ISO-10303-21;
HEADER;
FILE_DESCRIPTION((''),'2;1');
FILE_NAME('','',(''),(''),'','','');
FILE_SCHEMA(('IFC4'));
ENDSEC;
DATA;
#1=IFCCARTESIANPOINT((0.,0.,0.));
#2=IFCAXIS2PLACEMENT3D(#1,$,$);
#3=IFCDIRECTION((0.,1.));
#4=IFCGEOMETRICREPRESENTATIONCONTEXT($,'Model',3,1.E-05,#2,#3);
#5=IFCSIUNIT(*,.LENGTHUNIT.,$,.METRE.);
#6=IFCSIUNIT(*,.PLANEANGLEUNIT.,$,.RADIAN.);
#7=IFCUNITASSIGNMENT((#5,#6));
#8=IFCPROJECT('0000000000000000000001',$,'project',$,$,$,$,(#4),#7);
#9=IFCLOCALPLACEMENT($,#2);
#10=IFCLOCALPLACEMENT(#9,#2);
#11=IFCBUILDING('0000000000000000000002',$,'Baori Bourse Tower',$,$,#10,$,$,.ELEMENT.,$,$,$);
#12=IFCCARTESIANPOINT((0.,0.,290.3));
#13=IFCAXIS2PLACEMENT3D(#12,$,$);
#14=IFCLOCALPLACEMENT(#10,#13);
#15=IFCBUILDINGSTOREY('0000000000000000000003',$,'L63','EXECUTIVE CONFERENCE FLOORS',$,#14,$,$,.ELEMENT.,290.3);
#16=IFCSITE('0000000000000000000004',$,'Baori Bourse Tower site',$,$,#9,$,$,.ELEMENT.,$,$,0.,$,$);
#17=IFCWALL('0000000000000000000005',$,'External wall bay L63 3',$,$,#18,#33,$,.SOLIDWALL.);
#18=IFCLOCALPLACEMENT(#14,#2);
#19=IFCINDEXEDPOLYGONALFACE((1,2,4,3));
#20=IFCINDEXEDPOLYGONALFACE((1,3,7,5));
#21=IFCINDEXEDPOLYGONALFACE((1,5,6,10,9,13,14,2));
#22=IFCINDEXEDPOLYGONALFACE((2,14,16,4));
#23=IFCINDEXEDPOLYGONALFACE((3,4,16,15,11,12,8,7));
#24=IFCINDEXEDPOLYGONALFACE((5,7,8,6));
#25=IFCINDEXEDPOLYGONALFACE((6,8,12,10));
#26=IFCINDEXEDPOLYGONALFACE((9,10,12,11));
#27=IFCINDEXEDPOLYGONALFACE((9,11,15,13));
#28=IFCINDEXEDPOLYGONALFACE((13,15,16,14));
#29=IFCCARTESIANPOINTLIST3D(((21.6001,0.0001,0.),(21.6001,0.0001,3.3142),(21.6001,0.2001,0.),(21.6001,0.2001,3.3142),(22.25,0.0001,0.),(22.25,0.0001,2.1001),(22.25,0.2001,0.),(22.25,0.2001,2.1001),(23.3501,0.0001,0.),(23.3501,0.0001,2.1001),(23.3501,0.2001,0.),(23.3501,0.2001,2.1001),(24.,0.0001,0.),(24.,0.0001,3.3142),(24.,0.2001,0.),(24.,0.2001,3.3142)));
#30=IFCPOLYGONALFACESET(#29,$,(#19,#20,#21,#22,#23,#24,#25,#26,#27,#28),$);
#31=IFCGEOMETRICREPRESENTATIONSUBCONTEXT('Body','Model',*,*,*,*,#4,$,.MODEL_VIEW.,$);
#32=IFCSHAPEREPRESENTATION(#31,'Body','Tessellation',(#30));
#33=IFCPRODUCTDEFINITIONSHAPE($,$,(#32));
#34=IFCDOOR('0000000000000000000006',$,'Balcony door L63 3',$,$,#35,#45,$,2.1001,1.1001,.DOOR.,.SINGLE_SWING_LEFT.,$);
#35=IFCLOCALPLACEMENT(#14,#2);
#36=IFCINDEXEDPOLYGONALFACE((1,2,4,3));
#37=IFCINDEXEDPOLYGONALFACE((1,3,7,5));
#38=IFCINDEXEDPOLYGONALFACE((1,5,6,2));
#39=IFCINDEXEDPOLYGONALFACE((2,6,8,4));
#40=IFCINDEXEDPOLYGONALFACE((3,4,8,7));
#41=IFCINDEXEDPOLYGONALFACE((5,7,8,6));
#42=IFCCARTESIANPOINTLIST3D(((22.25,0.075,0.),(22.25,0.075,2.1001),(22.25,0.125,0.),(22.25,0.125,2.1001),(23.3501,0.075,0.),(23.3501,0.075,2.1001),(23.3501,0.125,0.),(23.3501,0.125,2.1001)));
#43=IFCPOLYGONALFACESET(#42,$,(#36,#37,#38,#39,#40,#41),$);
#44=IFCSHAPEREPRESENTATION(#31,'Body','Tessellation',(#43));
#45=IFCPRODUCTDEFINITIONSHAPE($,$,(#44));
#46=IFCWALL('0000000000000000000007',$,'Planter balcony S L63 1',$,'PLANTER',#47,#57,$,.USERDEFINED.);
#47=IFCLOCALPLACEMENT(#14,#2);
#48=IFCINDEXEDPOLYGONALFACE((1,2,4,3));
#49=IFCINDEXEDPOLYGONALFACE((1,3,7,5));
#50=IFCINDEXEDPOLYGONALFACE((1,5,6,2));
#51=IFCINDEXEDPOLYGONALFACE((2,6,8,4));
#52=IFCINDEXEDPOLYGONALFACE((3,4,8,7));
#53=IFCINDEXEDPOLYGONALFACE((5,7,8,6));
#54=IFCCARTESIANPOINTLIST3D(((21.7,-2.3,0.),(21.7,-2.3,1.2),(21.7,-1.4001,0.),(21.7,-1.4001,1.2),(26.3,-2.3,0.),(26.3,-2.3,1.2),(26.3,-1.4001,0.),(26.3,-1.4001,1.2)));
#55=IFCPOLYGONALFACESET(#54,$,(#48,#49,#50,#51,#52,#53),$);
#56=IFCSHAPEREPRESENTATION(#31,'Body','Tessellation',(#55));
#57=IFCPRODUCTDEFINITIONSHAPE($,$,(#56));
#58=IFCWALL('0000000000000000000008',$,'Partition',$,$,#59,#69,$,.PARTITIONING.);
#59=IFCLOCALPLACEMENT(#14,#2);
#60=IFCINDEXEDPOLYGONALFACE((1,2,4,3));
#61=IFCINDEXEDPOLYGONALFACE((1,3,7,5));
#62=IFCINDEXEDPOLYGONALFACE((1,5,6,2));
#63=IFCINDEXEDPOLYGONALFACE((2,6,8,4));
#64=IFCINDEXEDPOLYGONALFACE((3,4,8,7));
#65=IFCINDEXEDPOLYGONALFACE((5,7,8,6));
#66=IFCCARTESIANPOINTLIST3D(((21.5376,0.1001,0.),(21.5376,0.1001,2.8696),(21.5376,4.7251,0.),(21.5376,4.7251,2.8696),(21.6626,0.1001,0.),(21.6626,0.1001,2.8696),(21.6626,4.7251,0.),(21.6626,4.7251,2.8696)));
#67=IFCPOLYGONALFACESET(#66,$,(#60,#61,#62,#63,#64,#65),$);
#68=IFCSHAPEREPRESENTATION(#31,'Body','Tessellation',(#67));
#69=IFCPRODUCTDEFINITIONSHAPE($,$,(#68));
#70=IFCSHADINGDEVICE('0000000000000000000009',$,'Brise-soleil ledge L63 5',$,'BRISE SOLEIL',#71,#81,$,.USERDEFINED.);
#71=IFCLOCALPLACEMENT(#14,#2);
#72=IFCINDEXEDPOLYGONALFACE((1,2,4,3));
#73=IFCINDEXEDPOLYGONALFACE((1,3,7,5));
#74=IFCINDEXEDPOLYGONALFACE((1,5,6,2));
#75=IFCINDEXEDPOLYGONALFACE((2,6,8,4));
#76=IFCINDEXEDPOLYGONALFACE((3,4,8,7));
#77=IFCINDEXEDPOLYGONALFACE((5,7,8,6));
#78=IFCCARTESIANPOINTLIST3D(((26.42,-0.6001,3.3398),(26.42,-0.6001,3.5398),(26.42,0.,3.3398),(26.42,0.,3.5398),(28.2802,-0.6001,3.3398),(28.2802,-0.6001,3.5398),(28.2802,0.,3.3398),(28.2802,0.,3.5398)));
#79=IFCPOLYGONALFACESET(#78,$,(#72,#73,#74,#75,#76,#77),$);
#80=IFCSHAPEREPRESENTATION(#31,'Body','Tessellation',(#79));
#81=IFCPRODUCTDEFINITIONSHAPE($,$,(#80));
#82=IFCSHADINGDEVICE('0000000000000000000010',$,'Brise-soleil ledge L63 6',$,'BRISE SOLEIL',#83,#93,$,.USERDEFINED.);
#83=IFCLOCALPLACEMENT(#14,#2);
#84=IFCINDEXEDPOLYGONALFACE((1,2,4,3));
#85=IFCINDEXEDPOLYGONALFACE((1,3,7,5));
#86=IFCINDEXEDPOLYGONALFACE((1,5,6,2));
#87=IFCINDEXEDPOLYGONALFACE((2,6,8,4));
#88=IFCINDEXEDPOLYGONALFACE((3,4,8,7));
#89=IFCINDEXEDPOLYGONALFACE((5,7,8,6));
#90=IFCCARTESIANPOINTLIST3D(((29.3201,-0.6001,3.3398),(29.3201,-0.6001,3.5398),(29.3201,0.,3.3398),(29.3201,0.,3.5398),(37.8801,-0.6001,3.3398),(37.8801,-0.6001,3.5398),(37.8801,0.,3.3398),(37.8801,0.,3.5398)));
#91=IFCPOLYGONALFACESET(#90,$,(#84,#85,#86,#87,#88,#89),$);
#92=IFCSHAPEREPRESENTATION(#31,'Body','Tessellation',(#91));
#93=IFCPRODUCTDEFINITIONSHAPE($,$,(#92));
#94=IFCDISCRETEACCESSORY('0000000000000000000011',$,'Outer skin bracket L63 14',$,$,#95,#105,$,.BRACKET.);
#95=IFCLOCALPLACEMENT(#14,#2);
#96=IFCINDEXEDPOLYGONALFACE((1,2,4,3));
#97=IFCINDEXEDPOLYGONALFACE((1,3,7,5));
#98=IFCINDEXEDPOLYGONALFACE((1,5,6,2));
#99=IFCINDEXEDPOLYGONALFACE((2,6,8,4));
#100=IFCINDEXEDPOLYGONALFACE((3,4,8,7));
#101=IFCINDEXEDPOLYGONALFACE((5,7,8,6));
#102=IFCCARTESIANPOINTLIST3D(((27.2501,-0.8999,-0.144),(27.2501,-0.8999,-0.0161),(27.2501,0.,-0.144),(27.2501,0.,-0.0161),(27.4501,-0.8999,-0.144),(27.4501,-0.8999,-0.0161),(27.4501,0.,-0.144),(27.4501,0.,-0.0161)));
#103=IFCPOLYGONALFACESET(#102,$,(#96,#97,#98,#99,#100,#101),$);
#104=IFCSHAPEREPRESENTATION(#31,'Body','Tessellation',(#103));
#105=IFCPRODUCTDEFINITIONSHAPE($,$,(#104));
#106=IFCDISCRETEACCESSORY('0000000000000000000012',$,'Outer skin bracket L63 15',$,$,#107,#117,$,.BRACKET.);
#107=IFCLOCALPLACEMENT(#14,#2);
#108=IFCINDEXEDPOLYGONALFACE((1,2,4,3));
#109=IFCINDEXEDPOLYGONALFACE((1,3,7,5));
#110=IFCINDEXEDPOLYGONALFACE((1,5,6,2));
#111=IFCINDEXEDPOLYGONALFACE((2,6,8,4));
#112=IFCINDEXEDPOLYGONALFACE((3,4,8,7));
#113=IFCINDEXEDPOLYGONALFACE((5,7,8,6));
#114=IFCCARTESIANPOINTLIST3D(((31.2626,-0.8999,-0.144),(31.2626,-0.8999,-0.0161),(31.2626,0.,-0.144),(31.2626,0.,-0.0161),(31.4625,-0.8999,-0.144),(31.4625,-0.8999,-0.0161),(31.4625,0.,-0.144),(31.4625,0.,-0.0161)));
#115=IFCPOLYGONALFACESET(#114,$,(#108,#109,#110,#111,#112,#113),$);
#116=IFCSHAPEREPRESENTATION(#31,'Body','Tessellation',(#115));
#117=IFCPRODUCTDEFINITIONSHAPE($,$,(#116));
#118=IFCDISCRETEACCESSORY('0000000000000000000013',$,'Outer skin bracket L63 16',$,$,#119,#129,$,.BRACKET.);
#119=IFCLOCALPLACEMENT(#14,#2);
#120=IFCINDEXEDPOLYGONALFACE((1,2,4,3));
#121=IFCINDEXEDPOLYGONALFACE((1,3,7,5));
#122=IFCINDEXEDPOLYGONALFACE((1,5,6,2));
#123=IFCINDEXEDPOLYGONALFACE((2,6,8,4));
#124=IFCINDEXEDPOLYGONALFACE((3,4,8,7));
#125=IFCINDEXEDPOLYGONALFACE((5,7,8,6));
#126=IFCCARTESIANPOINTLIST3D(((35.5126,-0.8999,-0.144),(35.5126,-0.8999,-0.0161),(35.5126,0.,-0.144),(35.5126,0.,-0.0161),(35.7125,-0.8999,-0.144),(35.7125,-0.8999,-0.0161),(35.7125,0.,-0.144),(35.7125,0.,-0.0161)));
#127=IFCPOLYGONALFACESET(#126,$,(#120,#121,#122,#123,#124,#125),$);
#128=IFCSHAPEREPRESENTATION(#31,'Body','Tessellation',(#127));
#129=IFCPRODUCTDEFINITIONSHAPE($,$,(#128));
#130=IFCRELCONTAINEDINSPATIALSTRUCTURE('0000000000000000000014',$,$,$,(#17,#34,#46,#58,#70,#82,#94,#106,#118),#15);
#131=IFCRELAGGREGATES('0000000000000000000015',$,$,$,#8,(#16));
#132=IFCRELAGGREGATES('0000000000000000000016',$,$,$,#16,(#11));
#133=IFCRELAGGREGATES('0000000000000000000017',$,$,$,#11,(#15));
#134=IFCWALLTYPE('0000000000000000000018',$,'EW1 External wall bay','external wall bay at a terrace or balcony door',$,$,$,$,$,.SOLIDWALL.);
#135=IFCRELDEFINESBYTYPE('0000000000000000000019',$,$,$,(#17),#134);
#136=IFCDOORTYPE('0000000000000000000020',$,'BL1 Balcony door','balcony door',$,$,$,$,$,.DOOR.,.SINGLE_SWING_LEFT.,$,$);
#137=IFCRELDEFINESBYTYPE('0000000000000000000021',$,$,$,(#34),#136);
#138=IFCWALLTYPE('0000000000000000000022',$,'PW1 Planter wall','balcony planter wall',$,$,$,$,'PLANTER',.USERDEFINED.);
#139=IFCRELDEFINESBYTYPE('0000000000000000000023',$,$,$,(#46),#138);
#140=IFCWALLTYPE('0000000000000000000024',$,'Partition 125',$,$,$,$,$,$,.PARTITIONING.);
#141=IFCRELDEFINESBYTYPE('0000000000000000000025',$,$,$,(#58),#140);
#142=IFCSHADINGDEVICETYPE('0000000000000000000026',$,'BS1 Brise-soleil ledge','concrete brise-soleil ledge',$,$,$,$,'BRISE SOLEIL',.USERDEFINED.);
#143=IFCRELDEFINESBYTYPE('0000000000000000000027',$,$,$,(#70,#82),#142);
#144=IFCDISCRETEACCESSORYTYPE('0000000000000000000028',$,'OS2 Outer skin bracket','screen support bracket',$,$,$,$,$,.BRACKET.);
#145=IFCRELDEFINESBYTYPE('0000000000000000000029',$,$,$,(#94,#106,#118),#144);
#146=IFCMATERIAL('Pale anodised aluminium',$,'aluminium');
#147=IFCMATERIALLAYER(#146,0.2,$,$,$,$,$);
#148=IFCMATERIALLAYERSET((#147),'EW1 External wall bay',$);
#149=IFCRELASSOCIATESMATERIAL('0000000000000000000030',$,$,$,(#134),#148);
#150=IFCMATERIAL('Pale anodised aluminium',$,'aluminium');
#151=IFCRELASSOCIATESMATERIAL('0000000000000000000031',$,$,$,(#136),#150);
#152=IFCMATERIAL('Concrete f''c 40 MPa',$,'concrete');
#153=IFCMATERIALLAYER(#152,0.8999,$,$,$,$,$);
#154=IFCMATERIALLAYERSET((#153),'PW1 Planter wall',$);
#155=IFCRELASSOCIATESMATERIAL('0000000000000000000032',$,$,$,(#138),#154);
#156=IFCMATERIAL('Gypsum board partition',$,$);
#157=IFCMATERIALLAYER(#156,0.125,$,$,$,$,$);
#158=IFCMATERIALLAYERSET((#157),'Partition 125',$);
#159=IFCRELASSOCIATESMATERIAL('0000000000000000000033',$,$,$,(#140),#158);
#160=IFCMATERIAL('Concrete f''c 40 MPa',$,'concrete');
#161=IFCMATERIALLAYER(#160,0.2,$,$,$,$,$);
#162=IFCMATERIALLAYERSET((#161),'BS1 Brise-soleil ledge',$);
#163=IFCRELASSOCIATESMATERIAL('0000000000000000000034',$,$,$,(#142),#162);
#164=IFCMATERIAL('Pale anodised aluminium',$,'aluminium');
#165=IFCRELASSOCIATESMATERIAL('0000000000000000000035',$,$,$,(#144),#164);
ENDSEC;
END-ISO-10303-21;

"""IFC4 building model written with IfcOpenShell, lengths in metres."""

from ifc_helpers import new_model, si_unit, direction, frame, frame_2d, origin, origin_2d, place, context, subcontext, project, spatial, rectangle, extrude, material, layer, layer_set, type_object, element, fill, save


model = new_model("IFC4")

# Units and contexts
model_context = context("Model", 3, precision=1e-05, world=origin(), true_north=direction((0.0, 1.0)))
body_context = subcontext(model_context, "Body", "Model", "MODEL_VIEW")
ifc_project = project(units=[si_unit("LENGTHUNIT", "METRE"), si_unit("PLANEANGLEUNIT", "RADIAN")], contexts=[model_context])

# Site, building, storey
site_placement = place(None, origin())
site = spatial("IfcSite", under=ifc_project, at=site_placement, Name="Baori Bourse Tower site", CompositionType="ELEMENT", RefElevation=0.0)
building_placement = place(site_placement, origin())
building = spatial("IfcBuilding", under=site, at=building_placement, Name="Baori Bourse Tower", CompositionType="ELEMENT")
storey_placement = place(building_placement, frame((0.0, 0.0, 290.3)))
storey = spatial("IfcBuildingStorey", under=building, at=storey_placement, Name="L63", Description="EXECUTIVE CONFERENCE FLOORS", CompositionType="ELEMENT", Elevation=290.3)

# Wall, opening, door
ifc_material_1 = material(Name="Pale anodised aluminium", Category="aluminium")
ifc_layer_1 = layer(ifc_material_1, 0.2)
ifc_layer_set_1 = layer_set([ifc_layer_1], Name="EW1 External wall bay")
wall_type_1 = type_object("IfcWallType", Name="EW1 External wall bay", Description="external wall bay at a terrace or balcony door", PredefinedType="SOLIDWALL", material=ifc_layer_set_1)
wall_1_placement = place(storey_placement, frame((21.6001, 0.1001, 0.0), z_axis=(0.0, 0.0, 1.0), x_axis=(1.0, 0.0, 0.0)))
wall_1 = element("IfcWall", 1, at=wall_1_placement, inside=storey, type_object=wall_type_1, Name="External wall bay L63 3", PredefinedType="SOLIDWALL", context=body_context, shape_type="SweptSolid", body=[
    extrude(rectangle(XDim=2.3999, YDim=0.2, at=frame_2d((1.2, 0.0))), origin(), (0.0, 0.0, 1.0), 3.3142),
])
opening_placement = place(wall_1_placement, frame((0.6499, 0.0, 0.0)))
opening = element("IfcOpeningElement", 2, at=opening_placement, cuts=wall_1, PredefinedType="OPENING", context=body_context, shape_type="SweptSolid", body=[
    extrude(rectangle(XDim=1.1001, YDim=2.1001, at=frame_2d((0.55, 1.05))), frame((0.0, 0.1099, 0.0), z_axis=(0.0, -1.0, 0.0), x_axis=(1.0, 0.0, 0.0)), (0.0, 0.0, 1.0), 0.22),
])
ifc_material_2 = material(Name="Pale anodised aluminium", Category="aluminium")
door_type = type_object("IfcDoorType", Name="BL1 Balcony door", Description="balcony door", OperationType="SINGLE_SWING_LEFT", PredefinedType="DOOR", material=ifc_material_2)
door_placement = place(opening_placement, origin())
door = element("IfcDoor", 3, at=door_placement, inside=storey, type_object=door_type, Name="Balcony door L63 3", OperationType="SINGLE_SWING_LEFT", OverallHeight=2.1001, OverallWidth=1.1001, PredefinedType="DOOR", context=body_context, shape_type="SweptSolid", body=[
    extrude(rectangle(XDim=1.1001, YDim=2.1001, at=frame_2d((0.55, 1.05))), frame((0.0, 0.0249, 0.0), z_axis=(0.0, -1.0, 0.0), x_axis=(1.0, 0.0, 0.0)), (0.0, 0.0, 1.0), 0.05),
])
fill(opening, door)

# Walls
ifc_material_3 = material(Name="Concrete f'c 40 MPa", Category="concrete")
ifc_layer_2 = layer(ifc_material_3, 0.8999)
ifc_layer_set_2 = layer_set([ifc_layer_2], Name="PW1 Planter wall")
wall_type_2 = type_object("IfcWallType", Name="PW1 Planter wall", Description="balcony planter wall", ElementType="PLANTER", PredefinedType="USERDEFINED", material=ifc_layer_set_2)
wall_2_placement = place(storey_placement, frame((21.7, -1.8501, 0.0), z_axis=(0.0, 0.0, 1.0), x_axis=(1.0, 0.0, 0.0)))
element("IfcWall", 4, at=wall_2_placement, inside=storey, type_object=wall_type_2, Name="Planter balcony S L63 1", ObjectType="PLANTER", PredefinedType="USERDEFINED", context=body_context, shape_type="SweptSolid", body=[
    extrude(rectangle(XDim=4.6001, YDim=0.8999, at=frame_2d((2.3, 0.0))), origin(), (0.0, 0.0, 1.0), 1.2),
])
ifc_material_4 = material(Name="Gypsum board partition")
ifc_layer_3 = layer(ifc_material_4, 0.125)
ifc_layer_set_3 = layer_set([ifc_layer_3], Name="Partition 125")
wall_type_3 = type_object("IfcWallType", Name="Partition 125", PredefinedType="PARTITIONING", material=ifc_layer_set_3)
wall_3_placement = place(storey_placement, frame((21.6001, 0.1001, 0.0), z_axis=(0.0, 0.0, 1.0), x_axis=(0.0, 1.0, 0.0)))
element("IfcWall", 5, at=wall_3_placement, inside=storey, type_object=wall_type_3, Name="Partition", PredefinedType="PARTITIONING", context=body_context, shape_type="SweptSolid", body=[
    extrude(rectangle(XDim=4.625, YDim=0.125, at=frame_2d((2.3125, 0.0))), origin(), (0.0, 0.0, 1.0), 2.8696),
])

# Shading devices
ifc_material_5 = material(Name="Concrete f'c 40 MPa", Category="concrete")
ifc_layer_4 = layer(ifc_material_5, 0.2)
ifc_layer_set_4 = layer_set([ifc_layer_4], Name="BS1 Brise-soleil ledge")
shading_device_type = type_object("IfcShadingDeviceType", Name="BS1 Brise-soleil ledge", Description="concrete brise-soleil ledge", ElementType="BRISE SOLEIL", PredefinedType="USERDEFINED", material=ifc_layer_set_4)
shading_device_1_placement = place(storey_placement, frame((27.3501, -0.3, 3.3398), z_axis=(0.0, 0.0, 1.0), x_axis=(1.0, 0.0, 0.0)))
element("IfcShadingDevice", 6, at=shading_device_1_placement, inside=storey, type_object=shading_device_type, Name="Brise-soleil ledge L63 5", ObjectType="BRISE SOLEIL", PredefinedType="USERDEFINED", context=body_context, shape_type="SweptSolid", body=[
    extrude(rectangle(XDim=1.8601, YDim=0.6001, at=origin_2d()), origin(), (0.0, 0.0, 1.0), 0.2),
])
shading_device_2_placement = place(storey_placement, frame((33.6001, -0.3, 3.3398), z_axis=(0.0, 0.0, 1.0), x_axis=(1.0, 0.0, 0.0)))
element("IfcShadingDevice", 7, at=shading_device_2_placement, inside=storey, type_object=shading_device_type, Name="Brise-soleil ledge L63 6", ObjectType="BRISE SOLEIL", PredefinedType="USERDEFINED", context=body_context, shape_type="SweptSolid", body=[
    extrude(rectangle(XDim=8.5601, YDim=0.6001, at=origin_2d()), origin(), (0.0, 0.0, 1.0), 0.2),
])

# Discrete accessories
ifc_material_6 = material(Name="Pale anodised aluminium", Category="aluminium")
discrete_accessory_type = type_object("IfcDiscreteAccessoryType", Name="OS2 Outer skin bracket", Description="screen support bracket", PredefinedType="BRACKET", material=ifc_material_6)
for number, where, z_axis, x_axis, name in (
    (8, (27.3501, -0.45, -0.144), (0.0, 0.0, 1.0), (1.0, 0.0, 0.0), "Outer skin bracket L63 14"),
    (9, (31.3625, -0.45, -0.144), (0.0, 0.0, 1.0), (1.0, 0.0, 0.0), "Outer skin bracket L63 15"),
    (10, (35.6125, -0.45, -0.144), (0.0, 0.0, 1.0), (1.0, 0.0, 0.0), "Outer skin bracket L63 16"),
):
    element("IfcDiscreteAccessory", number, at=place(storey_placement, frame(where, z_axis=z_axis, x_axis=x_axis)), inside=storey, type_object=discrete_accessory_type, Name=name, PredefinedType="BRACKET", context=body_context, shape_type="SweptSolid", body=[
        extrude(rectangle(XDim=0.2, YDim=0.8999, at=origin_2d()), origin(), (0.0, 0.0, 1.0), 0.1279),
    ])

save(model, "model.ifc")
